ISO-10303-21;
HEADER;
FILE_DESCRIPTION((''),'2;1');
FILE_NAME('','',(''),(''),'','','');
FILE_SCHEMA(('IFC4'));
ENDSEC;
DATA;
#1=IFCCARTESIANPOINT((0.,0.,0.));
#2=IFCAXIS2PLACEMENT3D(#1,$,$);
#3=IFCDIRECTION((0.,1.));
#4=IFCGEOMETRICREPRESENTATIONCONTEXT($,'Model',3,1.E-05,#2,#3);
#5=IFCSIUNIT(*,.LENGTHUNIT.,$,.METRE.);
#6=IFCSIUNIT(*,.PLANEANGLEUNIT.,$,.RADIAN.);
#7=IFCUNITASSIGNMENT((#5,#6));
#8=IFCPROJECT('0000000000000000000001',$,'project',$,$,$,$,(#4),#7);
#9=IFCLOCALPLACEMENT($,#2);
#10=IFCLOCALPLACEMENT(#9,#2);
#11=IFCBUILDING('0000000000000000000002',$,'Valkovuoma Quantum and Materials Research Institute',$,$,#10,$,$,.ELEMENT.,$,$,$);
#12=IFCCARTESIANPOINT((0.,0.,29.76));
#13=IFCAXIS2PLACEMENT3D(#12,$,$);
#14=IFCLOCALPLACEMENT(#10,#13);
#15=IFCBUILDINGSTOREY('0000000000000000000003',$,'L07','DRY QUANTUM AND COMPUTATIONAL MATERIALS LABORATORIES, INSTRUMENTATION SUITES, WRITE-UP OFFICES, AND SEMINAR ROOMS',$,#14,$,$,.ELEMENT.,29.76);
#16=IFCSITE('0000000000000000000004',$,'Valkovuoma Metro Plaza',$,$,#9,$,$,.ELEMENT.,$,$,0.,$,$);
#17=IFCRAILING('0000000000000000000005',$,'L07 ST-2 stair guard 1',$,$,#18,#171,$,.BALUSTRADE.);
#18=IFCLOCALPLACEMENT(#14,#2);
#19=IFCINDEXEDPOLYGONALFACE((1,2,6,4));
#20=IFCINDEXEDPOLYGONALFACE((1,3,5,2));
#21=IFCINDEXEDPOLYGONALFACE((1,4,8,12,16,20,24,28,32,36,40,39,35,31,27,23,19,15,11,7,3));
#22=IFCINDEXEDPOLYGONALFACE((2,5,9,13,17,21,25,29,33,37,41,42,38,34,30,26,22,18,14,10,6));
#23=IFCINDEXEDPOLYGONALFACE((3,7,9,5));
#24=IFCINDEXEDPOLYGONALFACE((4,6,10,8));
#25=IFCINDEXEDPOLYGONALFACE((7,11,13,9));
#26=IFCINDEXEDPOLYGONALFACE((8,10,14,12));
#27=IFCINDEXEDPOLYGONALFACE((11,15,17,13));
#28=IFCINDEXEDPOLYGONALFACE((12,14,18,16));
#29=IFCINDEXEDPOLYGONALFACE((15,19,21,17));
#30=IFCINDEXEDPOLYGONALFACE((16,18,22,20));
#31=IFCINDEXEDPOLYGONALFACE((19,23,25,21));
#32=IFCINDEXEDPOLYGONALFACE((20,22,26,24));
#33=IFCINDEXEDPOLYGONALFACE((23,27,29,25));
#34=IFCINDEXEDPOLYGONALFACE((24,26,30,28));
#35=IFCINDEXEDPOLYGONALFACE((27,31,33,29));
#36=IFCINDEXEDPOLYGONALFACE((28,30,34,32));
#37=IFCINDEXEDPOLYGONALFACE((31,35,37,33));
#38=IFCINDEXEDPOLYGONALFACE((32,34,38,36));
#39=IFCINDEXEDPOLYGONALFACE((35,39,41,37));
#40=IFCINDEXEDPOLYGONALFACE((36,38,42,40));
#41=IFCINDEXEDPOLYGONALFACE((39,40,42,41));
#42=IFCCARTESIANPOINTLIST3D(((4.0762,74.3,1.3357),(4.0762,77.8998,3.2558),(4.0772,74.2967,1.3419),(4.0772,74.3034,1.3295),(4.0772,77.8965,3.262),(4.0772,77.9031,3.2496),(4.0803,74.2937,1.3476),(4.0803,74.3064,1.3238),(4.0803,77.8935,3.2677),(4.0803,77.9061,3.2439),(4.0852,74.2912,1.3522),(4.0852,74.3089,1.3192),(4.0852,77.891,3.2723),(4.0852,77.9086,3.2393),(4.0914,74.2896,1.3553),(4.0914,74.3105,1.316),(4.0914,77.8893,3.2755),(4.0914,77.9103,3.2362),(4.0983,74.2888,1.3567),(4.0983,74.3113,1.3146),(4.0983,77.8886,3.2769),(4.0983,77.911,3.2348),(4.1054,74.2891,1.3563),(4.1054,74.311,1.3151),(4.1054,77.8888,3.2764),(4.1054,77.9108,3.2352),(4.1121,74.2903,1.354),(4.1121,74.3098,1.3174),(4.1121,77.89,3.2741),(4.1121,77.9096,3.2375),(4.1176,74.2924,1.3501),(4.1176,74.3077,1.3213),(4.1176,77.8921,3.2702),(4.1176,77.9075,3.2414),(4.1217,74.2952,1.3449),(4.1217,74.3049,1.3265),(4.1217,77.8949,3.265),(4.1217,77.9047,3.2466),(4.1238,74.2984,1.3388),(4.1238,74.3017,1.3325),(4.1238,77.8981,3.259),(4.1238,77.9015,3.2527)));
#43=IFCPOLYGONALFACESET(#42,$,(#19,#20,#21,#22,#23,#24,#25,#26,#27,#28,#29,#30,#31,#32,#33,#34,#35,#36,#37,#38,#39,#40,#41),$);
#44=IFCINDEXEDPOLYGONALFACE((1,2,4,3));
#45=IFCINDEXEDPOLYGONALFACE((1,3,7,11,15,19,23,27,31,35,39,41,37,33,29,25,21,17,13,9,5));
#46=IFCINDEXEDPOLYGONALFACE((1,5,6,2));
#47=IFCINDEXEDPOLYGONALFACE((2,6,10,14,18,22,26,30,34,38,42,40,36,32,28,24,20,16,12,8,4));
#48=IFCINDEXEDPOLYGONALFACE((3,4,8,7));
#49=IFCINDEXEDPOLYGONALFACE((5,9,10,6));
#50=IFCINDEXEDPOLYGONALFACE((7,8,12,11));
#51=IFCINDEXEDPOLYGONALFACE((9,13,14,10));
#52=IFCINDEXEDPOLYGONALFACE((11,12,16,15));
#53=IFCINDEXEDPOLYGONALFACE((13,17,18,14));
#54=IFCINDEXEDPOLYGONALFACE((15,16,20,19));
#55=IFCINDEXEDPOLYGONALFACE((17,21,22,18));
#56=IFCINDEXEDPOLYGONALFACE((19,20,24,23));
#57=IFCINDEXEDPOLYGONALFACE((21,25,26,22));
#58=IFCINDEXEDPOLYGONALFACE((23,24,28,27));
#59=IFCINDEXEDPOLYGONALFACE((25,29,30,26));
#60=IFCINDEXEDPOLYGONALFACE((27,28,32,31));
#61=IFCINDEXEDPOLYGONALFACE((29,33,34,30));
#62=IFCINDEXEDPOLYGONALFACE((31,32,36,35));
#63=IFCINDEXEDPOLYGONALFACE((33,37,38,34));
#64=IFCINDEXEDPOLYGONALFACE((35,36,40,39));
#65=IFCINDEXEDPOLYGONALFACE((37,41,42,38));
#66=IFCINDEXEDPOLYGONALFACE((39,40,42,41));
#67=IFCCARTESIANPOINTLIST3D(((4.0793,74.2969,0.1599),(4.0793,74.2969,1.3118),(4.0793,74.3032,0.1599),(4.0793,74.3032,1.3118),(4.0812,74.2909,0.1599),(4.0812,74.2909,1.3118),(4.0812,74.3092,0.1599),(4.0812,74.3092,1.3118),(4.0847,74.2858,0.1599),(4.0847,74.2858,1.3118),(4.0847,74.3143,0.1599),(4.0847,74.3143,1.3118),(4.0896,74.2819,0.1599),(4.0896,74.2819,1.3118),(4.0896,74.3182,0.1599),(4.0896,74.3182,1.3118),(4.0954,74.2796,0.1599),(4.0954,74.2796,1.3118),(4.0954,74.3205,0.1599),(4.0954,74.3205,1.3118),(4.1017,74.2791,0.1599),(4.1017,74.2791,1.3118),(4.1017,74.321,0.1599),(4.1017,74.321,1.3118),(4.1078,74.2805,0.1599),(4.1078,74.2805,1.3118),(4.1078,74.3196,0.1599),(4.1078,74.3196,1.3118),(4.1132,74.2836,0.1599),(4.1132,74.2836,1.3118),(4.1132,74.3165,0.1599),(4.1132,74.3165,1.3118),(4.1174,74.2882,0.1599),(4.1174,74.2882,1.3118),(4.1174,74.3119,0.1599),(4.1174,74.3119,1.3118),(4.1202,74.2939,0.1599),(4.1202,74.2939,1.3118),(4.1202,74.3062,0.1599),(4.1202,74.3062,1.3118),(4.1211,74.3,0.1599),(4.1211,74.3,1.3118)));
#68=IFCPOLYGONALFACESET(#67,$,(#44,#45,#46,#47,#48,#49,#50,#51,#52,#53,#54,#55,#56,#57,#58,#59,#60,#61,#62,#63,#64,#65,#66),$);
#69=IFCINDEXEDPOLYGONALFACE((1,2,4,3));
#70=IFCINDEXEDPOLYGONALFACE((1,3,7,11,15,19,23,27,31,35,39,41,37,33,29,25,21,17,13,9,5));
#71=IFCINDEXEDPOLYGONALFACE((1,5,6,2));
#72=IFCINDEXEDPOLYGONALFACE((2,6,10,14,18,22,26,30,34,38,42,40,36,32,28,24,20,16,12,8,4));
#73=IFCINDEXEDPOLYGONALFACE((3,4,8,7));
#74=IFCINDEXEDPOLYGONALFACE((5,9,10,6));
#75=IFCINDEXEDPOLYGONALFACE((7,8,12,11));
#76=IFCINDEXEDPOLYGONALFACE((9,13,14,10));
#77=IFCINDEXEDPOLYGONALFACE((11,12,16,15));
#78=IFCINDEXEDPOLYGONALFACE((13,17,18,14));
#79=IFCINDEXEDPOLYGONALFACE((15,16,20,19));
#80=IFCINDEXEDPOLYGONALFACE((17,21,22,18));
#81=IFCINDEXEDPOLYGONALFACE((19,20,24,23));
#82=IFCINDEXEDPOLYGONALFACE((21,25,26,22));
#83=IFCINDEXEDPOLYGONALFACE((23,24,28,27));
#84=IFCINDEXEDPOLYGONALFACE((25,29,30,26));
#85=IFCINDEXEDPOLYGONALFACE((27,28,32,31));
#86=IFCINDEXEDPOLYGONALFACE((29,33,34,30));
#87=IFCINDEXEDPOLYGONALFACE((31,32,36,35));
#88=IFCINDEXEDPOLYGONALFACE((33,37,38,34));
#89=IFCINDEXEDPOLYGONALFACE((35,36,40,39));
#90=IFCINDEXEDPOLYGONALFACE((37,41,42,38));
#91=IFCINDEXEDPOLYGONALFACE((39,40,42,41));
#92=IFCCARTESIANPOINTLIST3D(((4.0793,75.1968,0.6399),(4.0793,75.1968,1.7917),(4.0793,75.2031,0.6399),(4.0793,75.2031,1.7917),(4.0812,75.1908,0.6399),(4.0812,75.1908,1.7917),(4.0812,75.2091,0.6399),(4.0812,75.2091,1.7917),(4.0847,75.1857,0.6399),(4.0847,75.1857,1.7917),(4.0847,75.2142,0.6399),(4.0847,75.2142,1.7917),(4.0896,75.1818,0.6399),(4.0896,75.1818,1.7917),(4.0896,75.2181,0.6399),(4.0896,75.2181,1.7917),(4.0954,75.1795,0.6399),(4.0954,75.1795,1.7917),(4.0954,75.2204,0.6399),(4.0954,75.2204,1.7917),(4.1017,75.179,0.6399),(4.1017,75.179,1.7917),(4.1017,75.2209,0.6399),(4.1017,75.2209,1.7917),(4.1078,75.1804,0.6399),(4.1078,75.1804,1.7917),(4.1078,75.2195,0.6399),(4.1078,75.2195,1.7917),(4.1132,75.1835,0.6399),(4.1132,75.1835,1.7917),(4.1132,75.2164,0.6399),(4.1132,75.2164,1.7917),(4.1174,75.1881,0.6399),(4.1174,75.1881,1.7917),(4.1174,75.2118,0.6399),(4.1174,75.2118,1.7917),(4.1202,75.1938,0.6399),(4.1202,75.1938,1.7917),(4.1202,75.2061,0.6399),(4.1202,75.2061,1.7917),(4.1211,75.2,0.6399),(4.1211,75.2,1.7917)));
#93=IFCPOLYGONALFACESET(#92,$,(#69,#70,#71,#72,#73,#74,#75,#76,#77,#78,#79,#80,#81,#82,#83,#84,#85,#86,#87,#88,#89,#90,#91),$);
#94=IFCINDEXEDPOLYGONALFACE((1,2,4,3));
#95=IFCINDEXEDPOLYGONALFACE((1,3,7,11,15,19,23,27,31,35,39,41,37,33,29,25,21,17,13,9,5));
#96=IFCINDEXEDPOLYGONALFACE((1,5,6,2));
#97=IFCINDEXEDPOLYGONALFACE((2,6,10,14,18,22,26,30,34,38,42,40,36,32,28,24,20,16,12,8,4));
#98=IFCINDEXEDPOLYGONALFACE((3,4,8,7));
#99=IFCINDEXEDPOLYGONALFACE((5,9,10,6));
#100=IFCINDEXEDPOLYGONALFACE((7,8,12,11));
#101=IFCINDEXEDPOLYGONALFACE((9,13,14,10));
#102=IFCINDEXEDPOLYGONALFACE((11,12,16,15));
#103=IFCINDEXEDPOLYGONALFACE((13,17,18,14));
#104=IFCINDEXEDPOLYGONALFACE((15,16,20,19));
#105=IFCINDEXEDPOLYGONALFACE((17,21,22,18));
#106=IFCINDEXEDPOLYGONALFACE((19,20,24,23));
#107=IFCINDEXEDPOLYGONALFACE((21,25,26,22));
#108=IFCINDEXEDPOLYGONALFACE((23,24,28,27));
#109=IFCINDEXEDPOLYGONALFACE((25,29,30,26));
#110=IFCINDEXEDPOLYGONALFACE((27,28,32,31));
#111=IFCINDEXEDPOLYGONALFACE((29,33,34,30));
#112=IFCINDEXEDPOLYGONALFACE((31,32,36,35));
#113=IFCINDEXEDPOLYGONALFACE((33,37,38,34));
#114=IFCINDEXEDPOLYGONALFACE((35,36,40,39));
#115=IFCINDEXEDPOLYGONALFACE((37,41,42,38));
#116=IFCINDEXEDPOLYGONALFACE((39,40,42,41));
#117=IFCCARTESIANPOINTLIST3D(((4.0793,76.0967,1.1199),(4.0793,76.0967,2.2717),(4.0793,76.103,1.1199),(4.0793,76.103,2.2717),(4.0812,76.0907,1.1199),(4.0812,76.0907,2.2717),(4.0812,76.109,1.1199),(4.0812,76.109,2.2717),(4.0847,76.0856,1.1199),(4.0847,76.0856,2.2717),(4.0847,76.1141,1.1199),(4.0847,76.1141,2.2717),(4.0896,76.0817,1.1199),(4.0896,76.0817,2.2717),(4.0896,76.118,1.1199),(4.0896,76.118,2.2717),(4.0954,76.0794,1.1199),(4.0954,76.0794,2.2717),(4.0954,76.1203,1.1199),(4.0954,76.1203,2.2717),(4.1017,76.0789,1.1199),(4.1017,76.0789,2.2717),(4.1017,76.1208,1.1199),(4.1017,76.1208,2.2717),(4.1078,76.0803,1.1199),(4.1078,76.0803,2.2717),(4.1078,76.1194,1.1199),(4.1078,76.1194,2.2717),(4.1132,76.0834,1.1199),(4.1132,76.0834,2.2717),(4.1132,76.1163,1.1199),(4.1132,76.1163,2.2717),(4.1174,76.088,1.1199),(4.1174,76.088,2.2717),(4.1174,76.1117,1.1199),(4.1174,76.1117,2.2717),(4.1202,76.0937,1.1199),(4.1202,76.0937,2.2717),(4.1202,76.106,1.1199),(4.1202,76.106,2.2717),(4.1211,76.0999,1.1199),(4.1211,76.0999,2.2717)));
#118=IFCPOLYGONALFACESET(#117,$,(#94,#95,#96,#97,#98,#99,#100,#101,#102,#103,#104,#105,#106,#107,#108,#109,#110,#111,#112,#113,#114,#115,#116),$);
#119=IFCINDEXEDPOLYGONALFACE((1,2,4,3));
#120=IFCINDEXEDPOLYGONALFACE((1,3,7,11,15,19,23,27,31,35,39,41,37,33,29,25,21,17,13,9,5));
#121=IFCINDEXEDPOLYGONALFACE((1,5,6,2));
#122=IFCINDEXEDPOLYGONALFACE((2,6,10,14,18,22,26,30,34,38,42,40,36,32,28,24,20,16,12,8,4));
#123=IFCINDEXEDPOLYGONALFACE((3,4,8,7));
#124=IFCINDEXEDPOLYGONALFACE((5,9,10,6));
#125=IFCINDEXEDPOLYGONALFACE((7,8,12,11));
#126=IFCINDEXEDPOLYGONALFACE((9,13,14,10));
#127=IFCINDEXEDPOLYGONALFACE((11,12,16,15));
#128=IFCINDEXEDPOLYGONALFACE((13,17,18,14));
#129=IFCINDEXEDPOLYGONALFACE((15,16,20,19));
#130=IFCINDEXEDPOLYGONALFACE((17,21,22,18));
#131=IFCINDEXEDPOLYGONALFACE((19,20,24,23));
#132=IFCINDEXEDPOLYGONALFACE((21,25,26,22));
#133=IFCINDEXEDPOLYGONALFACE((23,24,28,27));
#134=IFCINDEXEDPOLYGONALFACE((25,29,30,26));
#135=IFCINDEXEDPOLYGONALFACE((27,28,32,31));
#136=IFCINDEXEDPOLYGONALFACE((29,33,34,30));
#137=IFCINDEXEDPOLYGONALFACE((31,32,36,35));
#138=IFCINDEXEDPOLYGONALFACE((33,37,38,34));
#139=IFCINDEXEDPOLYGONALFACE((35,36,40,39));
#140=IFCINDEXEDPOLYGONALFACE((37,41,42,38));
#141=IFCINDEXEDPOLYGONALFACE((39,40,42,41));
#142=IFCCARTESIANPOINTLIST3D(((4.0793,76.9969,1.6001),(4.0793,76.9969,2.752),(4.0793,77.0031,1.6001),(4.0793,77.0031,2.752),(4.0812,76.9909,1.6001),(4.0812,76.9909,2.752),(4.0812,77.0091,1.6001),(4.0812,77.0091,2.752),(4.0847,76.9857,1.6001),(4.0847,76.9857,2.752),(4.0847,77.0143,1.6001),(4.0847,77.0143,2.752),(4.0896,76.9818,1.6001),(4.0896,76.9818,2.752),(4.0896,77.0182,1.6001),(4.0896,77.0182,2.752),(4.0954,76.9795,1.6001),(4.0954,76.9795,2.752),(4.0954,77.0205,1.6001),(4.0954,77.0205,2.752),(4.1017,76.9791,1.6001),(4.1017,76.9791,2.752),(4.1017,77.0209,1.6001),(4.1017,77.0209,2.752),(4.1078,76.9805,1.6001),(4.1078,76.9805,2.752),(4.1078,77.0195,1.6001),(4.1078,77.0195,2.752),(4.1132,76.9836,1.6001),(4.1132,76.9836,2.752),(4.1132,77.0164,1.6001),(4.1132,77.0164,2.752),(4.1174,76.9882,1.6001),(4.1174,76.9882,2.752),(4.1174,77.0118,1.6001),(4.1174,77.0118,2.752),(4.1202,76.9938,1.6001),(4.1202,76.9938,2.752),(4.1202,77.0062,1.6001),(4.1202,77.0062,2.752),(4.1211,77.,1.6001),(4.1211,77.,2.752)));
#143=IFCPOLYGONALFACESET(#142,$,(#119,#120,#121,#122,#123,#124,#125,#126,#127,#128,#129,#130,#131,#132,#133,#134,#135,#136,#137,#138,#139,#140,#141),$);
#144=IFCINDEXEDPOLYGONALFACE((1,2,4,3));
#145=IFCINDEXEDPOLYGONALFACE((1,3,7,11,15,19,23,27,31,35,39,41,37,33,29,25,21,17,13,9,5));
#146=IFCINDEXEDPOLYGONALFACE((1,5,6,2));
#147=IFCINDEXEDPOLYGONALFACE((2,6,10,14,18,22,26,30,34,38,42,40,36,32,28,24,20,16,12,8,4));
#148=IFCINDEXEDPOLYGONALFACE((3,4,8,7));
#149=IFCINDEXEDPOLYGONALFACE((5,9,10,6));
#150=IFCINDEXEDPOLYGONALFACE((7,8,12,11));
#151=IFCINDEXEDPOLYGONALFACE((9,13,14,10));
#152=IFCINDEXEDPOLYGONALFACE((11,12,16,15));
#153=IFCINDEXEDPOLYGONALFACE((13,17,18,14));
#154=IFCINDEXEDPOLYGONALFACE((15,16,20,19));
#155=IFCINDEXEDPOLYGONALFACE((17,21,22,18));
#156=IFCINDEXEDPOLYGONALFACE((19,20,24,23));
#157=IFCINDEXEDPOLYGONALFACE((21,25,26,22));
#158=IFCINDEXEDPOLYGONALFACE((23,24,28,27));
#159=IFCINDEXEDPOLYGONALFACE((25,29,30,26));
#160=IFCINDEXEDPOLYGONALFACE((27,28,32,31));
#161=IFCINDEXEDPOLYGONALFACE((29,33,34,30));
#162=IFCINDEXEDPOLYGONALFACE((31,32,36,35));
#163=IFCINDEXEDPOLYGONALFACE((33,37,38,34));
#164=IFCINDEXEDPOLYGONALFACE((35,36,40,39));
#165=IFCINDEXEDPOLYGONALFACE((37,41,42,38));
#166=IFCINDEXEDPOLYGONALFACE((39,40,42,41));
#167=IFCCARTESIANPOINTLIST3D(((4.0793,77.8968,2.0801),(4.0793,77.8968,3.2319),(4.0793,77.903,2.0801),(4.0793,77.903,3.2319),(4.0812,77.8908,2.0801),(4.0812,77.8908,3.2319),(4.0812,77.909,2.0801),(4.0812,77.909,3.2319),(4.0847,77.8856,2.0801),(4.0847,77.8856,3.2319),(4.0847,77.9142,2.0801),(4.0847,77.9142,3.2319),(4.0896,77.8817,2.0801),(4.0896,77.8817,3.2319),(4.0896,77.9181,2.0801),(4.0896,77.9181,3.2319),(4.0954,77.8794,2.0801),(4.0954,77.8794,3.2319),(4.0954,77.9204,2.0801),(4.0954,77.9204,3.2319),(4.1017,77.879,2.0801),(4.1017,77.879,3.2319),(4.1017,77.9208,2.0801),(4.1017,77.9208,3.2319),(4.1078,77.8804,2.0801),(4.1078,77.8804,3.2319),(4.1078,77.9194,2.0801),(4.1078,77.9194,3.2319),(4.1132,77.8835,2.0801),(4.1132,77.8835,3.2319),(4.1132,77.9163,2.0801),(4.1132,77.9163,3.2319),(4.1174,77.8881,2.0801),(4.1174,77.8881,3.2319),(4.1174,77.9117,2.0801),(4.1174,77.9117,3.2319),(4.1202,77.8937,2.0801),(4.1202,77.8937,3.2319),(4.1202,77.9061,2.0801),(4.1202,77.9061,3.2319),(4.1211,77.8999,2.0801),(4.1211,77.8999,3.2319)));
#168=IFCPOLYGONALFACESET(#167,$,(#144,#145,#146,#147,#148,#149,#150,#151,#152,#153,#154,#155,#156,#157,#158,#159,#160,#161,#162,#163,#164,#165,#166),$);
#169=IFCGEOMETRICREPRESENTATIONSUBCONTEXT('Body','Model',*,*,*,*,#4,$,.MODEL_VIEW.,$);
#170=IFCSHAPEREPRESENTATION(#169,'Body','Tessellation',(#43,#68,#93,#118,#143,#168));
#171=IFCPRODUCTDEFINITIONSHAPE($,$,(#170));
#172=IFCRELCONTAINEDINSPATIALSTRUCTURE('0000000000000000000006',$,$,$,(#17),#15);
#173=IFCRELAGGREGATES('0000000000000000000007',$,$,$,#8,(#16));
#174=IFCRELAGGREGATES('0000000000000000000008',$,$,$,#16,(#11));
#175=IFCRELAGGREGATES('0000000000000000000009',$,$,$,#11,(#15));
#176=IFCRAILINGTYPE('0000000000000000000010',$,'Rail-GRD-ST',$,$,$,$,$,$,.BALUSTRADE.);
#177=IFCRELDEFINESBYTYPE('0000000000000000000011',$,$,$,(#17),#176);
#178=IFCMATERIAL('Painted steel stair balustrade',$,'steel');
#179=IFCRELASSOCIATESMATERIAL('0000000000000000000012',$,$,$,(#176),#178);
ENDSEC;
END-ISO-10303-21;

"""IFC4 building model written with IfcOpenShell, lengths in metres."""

from ifc_helpers import new_model, si_unit, direction, frame, origin, origin_2d, place, context, subcontext, project, spatial, circle, extrude, material, type_object, element, save


model = new_model("IFC4")

# Units and contexts
model_context = context("Model", 3, precision=1e-05, world=origin(), true_north=direction((0.0, 1.0)))
body_context = subcontext(model_context, "Body", "Model", "MODEL_VIEW")
ifc_project = project(units=[si_unit("LENGTHUNIT", "METRE"), si_unit("PLANEANGLEUNIT", "RADIAN")], contexts=[model_context])

# Site, building, storey
site_placement = place(None, origin())
site = spatial("IfcSite", under=ifc_project, at=site_placement, Name="Valkovuoma Metro Plaza", CompositionType="ELEMENT", RefElevation=0.0)
building_placement = place(site_placement, origin())
building = spatial("IfcBuilding", under=site, at=building_placement, Name="Valkovuoma Quantum and Materials Research Institute", CompositionType="ELEMENT")
storey_placement = place(building_placement, frame((0.0, 0.0, 29.76)))
storey = spatial("IfcBuildingStorey", under=building, at=storey_placement, Name="L07", Description="DRY QUANTUM AND COMPUTATIONAL MATERIALS LABORATORIES, INSTRUMENTATION SUITES, WRITE-UP OFFICES, AND SEMINAR ROOMS", CompositionType="ELEMENT", Elevation=29.76)

# Railing
ifc_material_1 = material(Name="Painted steel stair balustrade", Category="steel")
railing_type_1 = type_object("IfcRailingType", Name="Rail-GRD-ST", PredefinedType="BALUSTRADE", material=ifc_material_1)
railing_1_placement = place(storey_placement, frame((4.1001, 74.3, 0.1599)))
element("IfcRailing", 1, at=railing_1_placement, inside=storey, type_object=railing_type_1, Name="L07 ST-2 stair guard 1", PredefinedType="BALUSTRADE", context=body_context, shape_type="SweptSolid", body=[
    extrude(circle(Radius=0.0239, at=origin_2d()), frame((0.0, 0.0, 1.1758), z_axis=(0.0, 0.882328, 0.470635), x_axis=(-1.0, 0.0, 0.0)), (0.0, 0.0, 1.0), 4.0798),
    extrude(circle(Radius=0.021, at=origin_2d()), origin(), (0.0, 0.0, 1.0), 1.1519),
    extrude(circle(Radius=0.021, at=origin_2d()), frame((0.0, 0.8999, 0.48)), (0.0, 0.0, 1.0), 1.1519),
    extrude(circle(Radius=0.021, at=origin_2d()), frame((0.0, 1.7998, 0.96)), (0.0, 0.0, 1.0), 1.1519),
    extrude(circle(Radius=0.021, at=origin_2d()), frame((0.0, 2.7, 1.4402)), (0.0, 0.0, 1.0), 1.1519),
    extrude(circle(Radius=0.021, at=origin_2d()), frame((0.0, 3.5999, 1.9202)), (0.0, 0.0, 1.0), 1.1519),
])

save(model, "model.ifc")
